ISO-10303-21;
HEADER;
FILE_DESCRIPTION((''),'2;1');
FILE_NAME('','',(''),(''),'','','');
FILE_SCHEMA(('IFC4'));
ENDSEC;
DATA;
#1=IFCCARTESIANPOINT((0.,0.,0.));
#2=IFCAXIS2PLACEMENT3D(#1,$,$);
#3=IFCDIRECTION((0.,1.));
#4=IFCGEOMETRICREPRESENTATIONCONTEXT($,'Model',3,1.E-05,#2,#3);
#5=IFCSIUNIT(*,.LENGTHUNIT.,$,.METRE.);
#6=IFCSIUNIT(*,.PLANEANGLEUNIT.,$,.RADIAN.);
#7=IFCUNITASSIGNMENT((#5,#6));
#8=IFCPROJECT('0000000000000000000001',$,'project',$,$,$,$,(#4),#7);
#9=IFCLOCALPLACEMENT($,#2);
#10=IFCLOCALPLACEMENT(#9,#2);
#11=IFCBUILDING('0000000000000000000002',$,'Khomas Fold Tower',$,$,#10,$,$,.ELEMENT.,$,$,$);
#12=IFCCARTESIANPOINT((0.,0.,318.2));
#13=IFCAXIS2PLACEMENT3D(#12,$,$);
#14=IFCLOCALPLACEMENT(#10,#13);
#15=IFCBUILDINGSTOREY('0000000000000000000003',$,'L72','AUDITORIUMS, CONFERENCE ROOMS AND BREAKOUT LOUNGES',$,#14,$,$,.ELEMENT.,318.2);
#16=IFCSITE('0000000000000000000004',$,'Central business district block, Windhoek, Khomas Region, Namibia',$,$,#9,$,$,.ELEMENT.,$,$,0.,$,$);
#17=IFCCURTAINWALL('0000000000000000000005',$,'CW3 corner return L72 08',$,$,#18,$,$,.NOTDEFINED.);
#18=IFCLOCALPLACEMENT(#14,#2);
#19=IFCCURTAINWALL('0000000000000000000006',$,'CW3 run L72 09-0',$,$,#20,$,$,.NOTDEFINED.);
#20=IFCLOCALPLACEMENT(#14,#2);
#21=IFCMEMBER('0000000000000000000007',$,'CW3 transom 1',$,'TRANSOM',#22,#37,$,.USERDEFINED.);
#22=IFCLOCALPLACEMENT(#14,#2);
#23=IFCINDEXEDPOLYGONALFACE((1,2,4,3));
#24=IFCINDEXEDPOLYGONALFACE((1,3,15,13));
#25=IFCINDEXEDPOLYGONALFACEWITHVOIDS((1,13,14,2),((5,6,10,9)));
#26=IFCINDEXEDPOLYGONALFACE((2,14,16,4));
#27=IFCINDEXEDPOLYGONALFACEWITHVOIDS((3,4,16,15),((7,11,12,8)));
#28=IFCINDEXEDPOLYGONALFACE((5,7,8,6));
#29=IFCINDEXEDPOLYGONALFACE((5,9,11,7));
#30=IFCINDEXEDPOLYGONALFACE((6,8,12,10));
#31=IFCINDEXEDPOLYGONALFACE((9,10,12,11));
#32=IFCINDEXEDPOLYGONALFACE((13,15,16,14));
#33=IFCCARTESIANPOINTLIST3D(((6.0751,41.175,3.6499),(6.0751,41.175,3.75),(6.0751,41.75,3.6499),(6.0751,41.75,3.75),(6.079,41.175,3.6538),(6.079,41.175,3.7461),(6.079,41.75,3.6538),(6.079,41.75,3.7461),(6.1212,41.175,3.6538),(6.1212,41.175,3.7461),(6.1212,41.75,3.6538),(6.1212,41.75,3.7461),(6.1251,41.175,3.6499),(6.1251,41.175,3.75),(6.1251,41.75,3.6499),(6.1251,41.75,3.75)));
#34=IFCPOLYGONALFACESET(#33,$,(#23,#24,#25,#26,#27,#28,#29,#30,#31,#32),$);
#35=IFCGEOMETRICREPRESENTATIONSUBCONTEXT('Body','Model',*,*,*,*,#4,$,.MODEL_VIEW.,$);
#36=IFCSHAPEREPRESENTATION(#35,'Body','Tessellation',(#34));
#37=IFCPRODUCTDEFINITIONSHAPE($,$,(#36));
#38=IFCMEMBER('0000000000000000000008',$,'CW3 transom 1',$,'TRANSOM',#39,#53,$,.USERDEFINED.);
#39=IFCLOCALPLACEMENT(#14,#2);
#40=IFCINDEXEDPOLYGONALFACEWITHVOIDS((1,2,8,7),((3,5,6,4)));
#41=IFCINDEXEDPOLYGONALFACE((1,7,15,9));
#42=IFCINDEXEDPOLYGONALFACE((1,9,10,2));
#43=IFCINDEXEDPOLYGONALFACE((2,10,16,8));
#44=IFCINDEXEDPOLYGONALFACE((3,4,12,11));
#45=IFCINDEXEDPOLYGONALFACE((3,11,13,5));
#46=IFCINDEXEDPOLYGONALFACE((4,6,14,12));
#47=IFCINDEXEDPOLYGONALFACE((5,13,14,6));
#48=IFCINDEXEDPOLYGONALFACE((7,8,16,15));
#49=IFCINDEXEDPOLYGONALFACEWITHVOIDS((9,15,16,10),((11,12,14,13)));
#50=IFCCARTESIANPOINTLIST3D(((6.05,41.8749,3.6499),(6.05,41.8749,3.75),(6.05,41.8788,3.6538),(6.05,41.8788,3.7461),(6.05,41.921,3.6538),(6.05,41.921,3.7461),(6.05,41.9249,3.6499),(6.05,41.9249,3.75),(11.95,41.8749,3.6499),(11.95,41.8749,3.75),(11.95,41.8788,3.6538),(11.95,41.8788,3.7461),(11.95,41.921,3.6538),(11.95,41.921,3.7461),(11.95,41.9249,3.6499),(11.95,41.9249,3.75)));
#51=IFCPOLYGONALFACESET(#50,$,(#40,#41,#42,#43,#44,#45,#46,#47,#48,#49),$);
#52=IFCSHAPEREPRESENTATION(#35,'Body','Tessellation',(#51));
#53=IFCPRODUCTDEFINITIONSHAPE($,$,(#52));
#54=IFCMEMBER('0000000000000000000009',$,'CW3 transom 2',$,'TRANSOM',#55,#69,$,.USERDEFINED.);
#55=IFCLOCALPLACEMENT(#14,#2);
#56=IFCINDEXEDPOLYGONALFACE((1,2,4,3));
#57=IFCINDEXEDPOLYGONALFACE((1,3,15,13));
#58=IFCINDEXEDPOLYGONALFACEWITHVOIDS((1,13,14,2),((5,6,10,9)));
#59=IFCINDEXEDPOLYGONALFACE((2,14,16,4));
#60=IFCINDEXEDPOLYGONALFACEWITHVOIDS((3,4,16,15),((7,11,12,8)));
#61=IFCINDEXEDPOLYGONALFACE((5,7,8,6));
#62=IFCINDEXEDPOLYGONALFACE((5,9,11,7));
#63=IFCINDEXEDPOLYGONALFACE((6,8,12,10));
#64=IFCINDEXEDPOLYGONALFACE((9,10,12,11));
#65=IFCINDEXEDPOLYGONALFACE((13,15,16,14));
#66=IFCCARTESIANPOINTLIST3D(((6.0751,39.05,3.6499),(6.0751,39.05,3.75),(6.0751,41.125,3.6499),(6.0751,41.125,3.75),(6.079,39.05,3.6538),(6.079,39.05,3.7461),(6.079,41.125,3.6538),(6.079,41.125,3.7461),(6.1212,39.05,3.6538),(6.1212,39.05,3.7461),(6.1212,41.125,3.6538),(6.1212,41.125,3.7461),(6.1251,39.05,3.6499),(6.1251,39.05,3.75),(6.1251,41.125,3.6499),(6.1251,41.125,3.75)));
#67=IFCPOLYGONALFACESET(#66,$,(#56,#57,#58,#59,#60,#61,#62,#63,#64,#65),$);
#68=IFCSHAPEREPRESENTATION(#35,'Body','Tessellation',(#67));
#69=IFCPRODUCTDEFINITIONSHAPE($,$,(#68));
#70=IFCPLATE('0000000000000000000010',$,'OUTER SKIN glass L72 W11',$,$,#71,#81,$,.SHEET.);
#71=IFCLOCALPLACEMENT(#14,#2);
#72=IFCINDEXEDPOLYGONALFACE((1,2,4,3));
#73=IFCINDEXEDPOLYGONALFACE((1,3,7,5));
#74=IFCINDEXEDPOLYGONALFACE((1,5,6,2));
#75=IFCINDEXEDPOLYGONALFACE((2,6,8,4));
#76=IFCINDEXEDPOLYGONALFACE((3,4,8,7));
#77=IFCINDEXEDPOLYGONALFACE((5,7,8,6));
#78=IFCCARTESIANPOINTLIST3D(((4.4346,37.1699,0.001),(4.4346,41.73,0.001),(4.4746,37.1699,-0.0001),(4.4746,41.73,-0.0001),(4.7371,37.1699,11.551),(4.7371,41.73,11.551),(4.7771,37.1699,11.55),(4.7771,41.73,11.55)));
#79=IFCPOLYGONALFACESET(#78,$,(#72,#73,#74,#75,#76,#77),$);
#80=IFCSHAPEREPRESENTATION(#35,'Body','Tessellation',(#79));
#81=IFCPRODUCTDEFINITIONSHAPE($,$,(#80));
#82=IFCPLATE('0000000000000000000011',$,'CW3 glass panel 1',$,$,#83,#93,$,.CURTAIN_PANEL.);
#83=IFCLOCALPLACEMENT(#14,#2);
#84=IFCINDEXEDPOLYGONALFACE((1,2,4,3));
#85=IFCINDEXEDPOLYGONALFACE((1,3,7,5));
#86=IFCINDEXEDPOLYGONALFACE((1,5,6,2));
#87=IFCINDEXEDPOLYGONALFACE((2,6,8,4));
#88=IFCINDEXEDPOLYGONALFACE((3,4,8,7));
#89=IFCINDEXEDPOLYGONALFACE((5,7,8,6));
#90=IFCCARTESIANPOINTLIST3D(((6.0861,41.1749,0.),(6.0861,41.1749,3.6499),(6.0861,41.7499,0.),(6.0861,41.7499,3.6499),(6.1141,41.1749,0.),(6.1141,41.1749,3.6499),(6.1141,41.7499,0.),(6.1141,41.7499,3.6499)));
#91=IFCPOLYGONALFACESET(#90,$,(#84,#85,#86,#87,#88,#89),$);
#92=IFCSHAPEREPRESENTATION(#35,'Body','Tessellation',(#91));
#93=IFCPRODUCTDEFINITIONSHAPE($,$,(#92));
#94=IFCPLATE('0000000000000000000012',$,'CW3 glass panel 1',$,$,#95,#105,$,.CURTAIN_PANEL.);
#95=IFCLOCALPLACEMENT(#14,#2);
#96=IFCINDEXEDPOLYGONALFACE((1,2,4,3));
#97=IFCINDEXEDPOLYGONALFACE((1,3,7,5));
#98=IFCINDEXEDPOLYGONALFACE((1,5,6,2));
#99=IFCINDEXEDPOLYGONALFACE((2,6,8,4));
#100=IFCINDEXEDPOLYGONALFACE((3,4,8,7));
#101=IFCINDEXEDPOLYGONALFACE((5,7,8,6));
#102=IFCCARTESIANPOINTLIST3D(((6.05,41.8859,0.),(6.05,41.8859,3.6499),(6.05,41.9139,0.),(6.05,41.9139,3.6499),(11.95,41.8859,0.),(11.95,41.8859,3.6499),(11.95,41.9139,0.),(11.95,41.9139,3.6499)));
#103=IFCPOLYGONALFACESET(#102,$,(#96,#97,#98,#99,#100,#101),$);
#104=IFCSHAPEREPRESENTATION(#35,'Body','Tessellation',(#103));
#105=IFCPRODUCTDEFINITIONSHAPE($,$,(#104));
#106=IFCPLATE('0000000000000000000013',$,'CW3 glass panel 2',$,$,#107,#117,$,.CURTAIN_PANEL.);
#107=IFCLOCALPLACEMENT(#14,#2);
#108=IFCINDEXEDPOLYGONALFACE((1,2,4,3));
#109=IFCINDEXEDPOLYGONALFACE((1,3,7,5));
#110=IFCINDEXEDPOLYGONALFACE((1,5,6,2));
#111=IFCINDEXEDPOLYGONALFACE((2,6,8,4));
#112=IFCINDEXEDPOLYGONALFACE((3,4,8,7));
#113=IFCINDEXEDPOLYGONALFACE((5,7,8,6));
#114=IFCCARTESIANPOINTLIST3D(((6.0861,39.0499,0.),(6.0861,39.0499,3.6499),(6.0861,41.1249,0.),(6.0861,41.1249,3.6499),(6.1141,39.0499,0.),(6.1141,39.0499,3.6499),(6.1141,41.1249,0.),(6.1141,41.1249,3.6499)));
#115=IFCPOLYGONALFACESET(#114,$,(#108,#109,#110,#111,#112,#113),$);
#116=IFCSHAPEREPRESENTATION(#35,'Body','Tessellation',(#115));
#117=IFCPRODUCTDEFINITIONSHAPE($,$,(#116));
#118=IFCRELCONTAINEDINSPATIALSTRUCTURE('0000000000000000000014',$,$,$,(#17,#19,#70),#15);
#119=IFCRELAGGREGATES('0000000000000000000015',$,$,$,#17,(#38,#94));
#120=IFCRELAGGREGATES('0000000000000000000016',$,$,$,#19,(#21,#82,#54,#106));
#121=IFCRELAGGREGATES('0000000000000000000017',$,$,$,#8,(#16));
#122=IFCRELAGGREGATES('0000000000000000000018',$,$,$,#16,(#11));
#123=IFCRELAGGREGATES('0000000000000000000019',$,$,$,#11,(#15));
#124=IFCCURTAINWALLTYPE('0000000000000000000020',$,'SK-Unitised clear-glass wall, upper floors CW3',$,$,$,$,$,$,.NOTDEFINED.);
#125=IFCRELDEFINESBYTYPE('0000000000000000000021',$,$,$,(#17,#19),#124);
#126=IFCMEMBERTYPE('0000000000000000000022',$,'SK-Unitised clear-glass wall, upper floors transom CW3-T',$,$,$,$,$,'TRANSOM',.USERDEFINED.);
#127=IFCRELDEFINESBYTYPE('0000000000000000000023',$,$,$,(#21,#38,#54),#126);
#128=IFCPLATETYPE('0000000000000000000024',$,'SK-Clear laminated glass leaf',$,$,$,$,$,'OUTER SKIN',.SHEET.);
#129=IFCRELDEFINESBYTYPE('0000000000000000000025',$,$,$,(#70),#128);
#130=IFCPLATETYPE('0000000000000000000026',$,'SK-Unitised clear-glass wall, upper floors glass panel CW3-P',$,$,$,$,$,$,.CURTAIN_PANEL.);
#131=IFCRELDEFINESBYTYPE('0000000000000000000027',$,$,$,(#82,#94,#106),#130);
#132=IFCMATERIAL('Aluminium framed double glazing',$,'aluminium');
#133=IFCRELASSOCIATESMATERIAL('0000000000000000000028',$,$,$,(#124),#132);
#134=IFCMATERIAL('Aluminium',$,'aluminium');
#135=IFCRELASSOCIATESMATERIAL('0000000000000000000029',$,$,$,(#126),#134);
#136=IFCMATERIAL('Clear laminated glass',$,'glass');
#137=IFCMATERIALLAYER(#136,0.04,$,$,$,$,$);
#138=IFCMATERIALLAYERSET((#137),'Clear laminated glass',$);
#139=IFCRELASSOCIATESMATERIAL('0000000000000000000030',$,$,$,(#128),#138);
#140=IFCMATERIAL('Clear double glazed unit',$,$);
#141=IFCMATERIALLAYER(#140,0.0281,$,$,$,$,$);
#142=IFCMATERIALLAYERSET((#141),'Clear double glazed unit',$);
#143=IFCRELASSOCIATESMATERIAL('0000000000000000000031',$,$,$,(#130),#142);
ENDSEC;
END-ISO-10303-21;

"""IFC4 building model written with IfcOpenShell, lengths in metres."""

from ifc_helpers import new_model, si_unit, direction, frame, origin, origin_2d, place, context, subcontext, project, spatial, polyline, rectangle, hollow_rectangle, outline, extrude, source, transform, mapped, material, layer, layer_set, material_profile, profile_set, type_object, element, aggregate, save


model = new_model("IFC4")

# Units and contexts
model_context = context("Model", 3, precision=1e-05, world=origin(), true_north=direction((0.0, 1.0)))
body_context = subcontext(model_context, "Body", "Model", "MODEL_VIEW")
ifc_project = project(units=[si_unit("LENGTHUNIT", "METRE"), si_unit("PLANEANGLEUNIT", "RADIAN")], contexts=[model_context])

# Site, building, storey
site_placement = place(None, origin())
site = spatial("IfcSite", under=ifc_project, at=site_placement, Name="Central business district block, Windhoek, Khomas Region, Namibia", CompositionType="ELEMENT", RefElevation=0.0)
building_placement = place(site_placement, origin())
building = spatial("IfcBuilding", under=site, at=building_placement, Name="Khomas Fold Tower", CompositionType="ELEMENT")
storey_placement = place(building_placement, frame((0.0, 0.0, 318.2)))
storey = spatial("IfcBuildingStorey", under=building, at=storey_placement, Name="L72", Description="AUDITORIUMS, CONFERENCE ROOMS AND BREAKOUT LOUNGES", CompositionType="ELEMENT", Elevation=318.2)

# Curtain wall
ifc_material_1 = material(Name="Aluminium framed double glazing", Category="aluminium")
curtain_wall_type = type_object("IfcCurtainWallType", Name="SK-Unitised clear-glass wall, upper floors CW3", PredefinedType="NOTDEFINED", material=ifc_material_1)
curtain_wall_1_placement = place(storey_placement, origin())
curtain_wall_1 = element("IfcCurtainWall", 1, at=curtain_wall_1_placement, inside=storey, type_object=curtain_wall_type, Name="CW3 corner return L72 08", PredefinedType="NOTDEFINED")

# Curtain wall, member
curtain_wall_2_placement = place(storey_placement, origin())
curtain_wall_2 = element("IfcCurtainWall", 2, at=curtain_wall_2_placement, inside=storey, type_object=curtain_wall_type, Name="CW3 run L72 09-0", PredefinedType="NOTDEFINED")
ifc_material_2 = material(Name="Aluminium", Category="aluminium")
ifc_material_profile_1 = material_profile(ifc_material_2, hollow_rectangle(XDim=0.05, YDim=0.1001, WallThickness=0.0039, at=origin_2d()), Name="SK-Unitised clear-glass wall, upper floors transom CW3-T")
ifc_profile_set_1 = profile_set([ifc_material_profile_1], Name="Aluminium")
member_type_1 = type_object("IfcMemberType", Name="SK-Unitised clear-glass wall, upper floors transom CW3-T", ElementType="TRANSOM", PredefinedType="USERDEFINED", material=ifc_profile_set_1)
shared_shape_1 = source(origin(), body_context, "Body", "SweptSolid", [
    extrude(hollow_rectangle(XDim=0.05, YDim=0.1001, WallThickness=0.0039, at=origin_2d()), origin(), (0.0, 0.0, 1.0), 0.575),
])
member_1_placement = place(storey_placement, frame((6.1001, 41.75, 3.7), z_axis=(0.0, -1.0, 0.0), x_axis=(1.0, 0.0, 0.0)))
member_1 = element("IfcMember", 3, at=member_1_placement, type_object=member_type_1, Name="CW3 transom 1", ObjectType="TRANSOM", PredefinedType="USERDEFINED", context=body_context, shape_type="MappedRepresentation", body=[
    mapped(shared_shape_1, transform((0.0, 0.0, 0.0))),
])

# Members
shared_shape_2 = source(origin(), body_context, "Body", "SweptSolid", [
    extrude(hollow_rectangle(XDim=0.05, YDim=0.1001, WallThickness=0.0039, at=origin_2d()), origin(), (0.0, 0.0, 1.0), 5.8999),
])
member_2_placement = place(storey_placement, frame((11.95, 41.8999, 3.7), z_axis=(-1.0, 0.0, 0.0), x_axis=(0.0, -1.0, 0.0)))
member_2 = element("IfcMember", 4, at=member_2_placement, type_object=member_type_1, Name="CW3 transom 1", ObjectType="TRANSOM", PredefinedType="USERDEFINED", context=body_context, shape_type="MappedRepresentation", body=[
    mapped(shared_shape_2, transform((0.0, 0.0, 0.0))),
])
shared_shape_3 = source(origin(), body_context, "Body", "SweptSolid", [
    extrude(hollow_rectangle(XDim=0.05, YDim=0.1001, WallThickness=0.0039, at=origin_2d()), origin(), (0.0, 0.0, 1.0), 2.075),
])
member_3_placement = place(storey_placement, frame((6.1001, 41.125, 3.7), z_axis=(0.0, -1.0, 0.0), x_axis=(1.0, 0.0, 0.0)))
member_3 = element("IfcMember", 5, at=member_3_placement, type_object=member_type_1, Name="CW3 transom 2", ObjectType="TRANSOM", PredefinedType="USERDEFINED", context=body_context, shape_type="MappedRepresentation", body=[
    mapped(shared_shape_3, transform((0.0, 0.0, 0.0))),
])

# Plates
ifc_material_3 = material(Name="Clear laminated glass", Category="glass")
ifc_layer_1 = layer(ifc_material_3, 0.04)
ifc_layer_set_1 = layer_set([ifc_layer_1], Name="Clear laminated glass")
plate_type_1 = type_object("IfcPlateType", Name="SK-Clear laminated glass leaf", ElementType="OUTER SKIN", PredefinedType="SHEET", material=ifc_layer_set_1)
plate_1_placement = place(storey_placement, frame((4.4346, 37.1699, 0.001), z_axis=(-0.999657, 0.0, 0.026181), x_axis=(0.0, 1.0, 0.0)))
element("IfcPlate", 6, at=plate_1_placement, inside=storey, type_object=plate_type_1, Name="OUTER SKIN glass L72 W11", PredefinedType="SHEET", context=body_context, shape_type="SweptSolid", body=[
    extrude(outline(polyline([(0.0, 0.0), (4.5601, 0.0), (4.5601, -11.554), (0.0, -11.554), (0.0, 0.0)])), origin(), (0.0, 0.0, -1.0), 0.04),
])
ifc_material_4 = material(Name="Clear double glazed unit")
ifc_layer_2 = layer(ifc_material_4, 0.0281)
ifc_layer_set_2 = layer_set([ifc_layer_2], Name="Clear double glazed unit")
plate_type_2 = type_object("IfcPlateType", Name="SK-Unitised clear-glass wall, upper floors glass panel CW3-P", PredefinedType="CURTAIN_PANEL", material=ifc_layer_set_2)
shared_shape_4 = source(origin(), body_context, "Body", "SweptSolid", [
    extrude(rectangle(XDim=0.575, YDim=0.0281, at=origin_2d()), origin(), (0.0, 0.0, 1.0), 3.6499),
])
plate_2_placement = place(storey_placement, frame((6.1001, 41.4624, 0.0), z_axis=(0.0, 0.0, 1.0), x_axis=(0.0, -1.0, 0.0)))
plate_2 = element("IfcPlate", 7, at=plate_2_placement, type_object=plate_type_2, Name="CW3 glass panel 1", PredefinedType="CURTAIN_PANEL", context=body_context, shape_type="MappedRepresentation", body=[
    mapped(shared_shape_4, transform((0.0, 0.0, 0.0))),
])
shared_shape_5 = source(origin(), body_context, "Body", "SweptSolid", [
    extrude(rectangle(XDim=5.8999, YDim=0.0281, at=origin_2d()), origin(), (0.0, 0.0, 1.0), 3.6499),
])
plate_3_placement = place(storey_placement, frame((9.0, 41.8999, 0.0), z_axis=(0.0, 0.0, 1.0), x_axis=(-1.0, 0.0, 0.0)))
plate_3 = element("IfcPlate", 8, at=plate_3_placement, type_object=plate_type_2, Name="CW3 glass panel 1", PredefinedType="CURTAIN_PANEL", context=body_context, shape_type="MappedRepresentation", body=[
    mapped(shared_shape_5, transform((0.0, 0.0, 0.0))),
])
aggregate(curtain_wall_1, [member_2, plate_3])
shared_shape_6 = source(origin(), body_context, "Body", "SweptSolid", [
    extrude(rectangle(XDim=2.075, YDim=0.0281, at=origin_2d()), origin(), (0.0, 0.0, 1.0), 3.6499),
])
plate_4_placement = place(storey_placement, frame((6.1001, 40.0874, 0.0), z_axis=(0.0, 0.0, 1.0), x_axis=(0.0, -1.0, 0.0)))
plate_4 = element("IfcPlate", 9, at=plate_4_placement, type_object=plate_type_2, Name="CW3 glass panel 2", PredefinedType="CURTAIN_PANEL", context=body_context, shape_type="MappedRepresentation", body=[
    mapped(shared_shape_6, transform((0.0, 0.0, 0.0))),
])
aggregate(curtain_wall_2, [member_1, plate_2, member_3, plate_4])

save(model, "model.ifc")
